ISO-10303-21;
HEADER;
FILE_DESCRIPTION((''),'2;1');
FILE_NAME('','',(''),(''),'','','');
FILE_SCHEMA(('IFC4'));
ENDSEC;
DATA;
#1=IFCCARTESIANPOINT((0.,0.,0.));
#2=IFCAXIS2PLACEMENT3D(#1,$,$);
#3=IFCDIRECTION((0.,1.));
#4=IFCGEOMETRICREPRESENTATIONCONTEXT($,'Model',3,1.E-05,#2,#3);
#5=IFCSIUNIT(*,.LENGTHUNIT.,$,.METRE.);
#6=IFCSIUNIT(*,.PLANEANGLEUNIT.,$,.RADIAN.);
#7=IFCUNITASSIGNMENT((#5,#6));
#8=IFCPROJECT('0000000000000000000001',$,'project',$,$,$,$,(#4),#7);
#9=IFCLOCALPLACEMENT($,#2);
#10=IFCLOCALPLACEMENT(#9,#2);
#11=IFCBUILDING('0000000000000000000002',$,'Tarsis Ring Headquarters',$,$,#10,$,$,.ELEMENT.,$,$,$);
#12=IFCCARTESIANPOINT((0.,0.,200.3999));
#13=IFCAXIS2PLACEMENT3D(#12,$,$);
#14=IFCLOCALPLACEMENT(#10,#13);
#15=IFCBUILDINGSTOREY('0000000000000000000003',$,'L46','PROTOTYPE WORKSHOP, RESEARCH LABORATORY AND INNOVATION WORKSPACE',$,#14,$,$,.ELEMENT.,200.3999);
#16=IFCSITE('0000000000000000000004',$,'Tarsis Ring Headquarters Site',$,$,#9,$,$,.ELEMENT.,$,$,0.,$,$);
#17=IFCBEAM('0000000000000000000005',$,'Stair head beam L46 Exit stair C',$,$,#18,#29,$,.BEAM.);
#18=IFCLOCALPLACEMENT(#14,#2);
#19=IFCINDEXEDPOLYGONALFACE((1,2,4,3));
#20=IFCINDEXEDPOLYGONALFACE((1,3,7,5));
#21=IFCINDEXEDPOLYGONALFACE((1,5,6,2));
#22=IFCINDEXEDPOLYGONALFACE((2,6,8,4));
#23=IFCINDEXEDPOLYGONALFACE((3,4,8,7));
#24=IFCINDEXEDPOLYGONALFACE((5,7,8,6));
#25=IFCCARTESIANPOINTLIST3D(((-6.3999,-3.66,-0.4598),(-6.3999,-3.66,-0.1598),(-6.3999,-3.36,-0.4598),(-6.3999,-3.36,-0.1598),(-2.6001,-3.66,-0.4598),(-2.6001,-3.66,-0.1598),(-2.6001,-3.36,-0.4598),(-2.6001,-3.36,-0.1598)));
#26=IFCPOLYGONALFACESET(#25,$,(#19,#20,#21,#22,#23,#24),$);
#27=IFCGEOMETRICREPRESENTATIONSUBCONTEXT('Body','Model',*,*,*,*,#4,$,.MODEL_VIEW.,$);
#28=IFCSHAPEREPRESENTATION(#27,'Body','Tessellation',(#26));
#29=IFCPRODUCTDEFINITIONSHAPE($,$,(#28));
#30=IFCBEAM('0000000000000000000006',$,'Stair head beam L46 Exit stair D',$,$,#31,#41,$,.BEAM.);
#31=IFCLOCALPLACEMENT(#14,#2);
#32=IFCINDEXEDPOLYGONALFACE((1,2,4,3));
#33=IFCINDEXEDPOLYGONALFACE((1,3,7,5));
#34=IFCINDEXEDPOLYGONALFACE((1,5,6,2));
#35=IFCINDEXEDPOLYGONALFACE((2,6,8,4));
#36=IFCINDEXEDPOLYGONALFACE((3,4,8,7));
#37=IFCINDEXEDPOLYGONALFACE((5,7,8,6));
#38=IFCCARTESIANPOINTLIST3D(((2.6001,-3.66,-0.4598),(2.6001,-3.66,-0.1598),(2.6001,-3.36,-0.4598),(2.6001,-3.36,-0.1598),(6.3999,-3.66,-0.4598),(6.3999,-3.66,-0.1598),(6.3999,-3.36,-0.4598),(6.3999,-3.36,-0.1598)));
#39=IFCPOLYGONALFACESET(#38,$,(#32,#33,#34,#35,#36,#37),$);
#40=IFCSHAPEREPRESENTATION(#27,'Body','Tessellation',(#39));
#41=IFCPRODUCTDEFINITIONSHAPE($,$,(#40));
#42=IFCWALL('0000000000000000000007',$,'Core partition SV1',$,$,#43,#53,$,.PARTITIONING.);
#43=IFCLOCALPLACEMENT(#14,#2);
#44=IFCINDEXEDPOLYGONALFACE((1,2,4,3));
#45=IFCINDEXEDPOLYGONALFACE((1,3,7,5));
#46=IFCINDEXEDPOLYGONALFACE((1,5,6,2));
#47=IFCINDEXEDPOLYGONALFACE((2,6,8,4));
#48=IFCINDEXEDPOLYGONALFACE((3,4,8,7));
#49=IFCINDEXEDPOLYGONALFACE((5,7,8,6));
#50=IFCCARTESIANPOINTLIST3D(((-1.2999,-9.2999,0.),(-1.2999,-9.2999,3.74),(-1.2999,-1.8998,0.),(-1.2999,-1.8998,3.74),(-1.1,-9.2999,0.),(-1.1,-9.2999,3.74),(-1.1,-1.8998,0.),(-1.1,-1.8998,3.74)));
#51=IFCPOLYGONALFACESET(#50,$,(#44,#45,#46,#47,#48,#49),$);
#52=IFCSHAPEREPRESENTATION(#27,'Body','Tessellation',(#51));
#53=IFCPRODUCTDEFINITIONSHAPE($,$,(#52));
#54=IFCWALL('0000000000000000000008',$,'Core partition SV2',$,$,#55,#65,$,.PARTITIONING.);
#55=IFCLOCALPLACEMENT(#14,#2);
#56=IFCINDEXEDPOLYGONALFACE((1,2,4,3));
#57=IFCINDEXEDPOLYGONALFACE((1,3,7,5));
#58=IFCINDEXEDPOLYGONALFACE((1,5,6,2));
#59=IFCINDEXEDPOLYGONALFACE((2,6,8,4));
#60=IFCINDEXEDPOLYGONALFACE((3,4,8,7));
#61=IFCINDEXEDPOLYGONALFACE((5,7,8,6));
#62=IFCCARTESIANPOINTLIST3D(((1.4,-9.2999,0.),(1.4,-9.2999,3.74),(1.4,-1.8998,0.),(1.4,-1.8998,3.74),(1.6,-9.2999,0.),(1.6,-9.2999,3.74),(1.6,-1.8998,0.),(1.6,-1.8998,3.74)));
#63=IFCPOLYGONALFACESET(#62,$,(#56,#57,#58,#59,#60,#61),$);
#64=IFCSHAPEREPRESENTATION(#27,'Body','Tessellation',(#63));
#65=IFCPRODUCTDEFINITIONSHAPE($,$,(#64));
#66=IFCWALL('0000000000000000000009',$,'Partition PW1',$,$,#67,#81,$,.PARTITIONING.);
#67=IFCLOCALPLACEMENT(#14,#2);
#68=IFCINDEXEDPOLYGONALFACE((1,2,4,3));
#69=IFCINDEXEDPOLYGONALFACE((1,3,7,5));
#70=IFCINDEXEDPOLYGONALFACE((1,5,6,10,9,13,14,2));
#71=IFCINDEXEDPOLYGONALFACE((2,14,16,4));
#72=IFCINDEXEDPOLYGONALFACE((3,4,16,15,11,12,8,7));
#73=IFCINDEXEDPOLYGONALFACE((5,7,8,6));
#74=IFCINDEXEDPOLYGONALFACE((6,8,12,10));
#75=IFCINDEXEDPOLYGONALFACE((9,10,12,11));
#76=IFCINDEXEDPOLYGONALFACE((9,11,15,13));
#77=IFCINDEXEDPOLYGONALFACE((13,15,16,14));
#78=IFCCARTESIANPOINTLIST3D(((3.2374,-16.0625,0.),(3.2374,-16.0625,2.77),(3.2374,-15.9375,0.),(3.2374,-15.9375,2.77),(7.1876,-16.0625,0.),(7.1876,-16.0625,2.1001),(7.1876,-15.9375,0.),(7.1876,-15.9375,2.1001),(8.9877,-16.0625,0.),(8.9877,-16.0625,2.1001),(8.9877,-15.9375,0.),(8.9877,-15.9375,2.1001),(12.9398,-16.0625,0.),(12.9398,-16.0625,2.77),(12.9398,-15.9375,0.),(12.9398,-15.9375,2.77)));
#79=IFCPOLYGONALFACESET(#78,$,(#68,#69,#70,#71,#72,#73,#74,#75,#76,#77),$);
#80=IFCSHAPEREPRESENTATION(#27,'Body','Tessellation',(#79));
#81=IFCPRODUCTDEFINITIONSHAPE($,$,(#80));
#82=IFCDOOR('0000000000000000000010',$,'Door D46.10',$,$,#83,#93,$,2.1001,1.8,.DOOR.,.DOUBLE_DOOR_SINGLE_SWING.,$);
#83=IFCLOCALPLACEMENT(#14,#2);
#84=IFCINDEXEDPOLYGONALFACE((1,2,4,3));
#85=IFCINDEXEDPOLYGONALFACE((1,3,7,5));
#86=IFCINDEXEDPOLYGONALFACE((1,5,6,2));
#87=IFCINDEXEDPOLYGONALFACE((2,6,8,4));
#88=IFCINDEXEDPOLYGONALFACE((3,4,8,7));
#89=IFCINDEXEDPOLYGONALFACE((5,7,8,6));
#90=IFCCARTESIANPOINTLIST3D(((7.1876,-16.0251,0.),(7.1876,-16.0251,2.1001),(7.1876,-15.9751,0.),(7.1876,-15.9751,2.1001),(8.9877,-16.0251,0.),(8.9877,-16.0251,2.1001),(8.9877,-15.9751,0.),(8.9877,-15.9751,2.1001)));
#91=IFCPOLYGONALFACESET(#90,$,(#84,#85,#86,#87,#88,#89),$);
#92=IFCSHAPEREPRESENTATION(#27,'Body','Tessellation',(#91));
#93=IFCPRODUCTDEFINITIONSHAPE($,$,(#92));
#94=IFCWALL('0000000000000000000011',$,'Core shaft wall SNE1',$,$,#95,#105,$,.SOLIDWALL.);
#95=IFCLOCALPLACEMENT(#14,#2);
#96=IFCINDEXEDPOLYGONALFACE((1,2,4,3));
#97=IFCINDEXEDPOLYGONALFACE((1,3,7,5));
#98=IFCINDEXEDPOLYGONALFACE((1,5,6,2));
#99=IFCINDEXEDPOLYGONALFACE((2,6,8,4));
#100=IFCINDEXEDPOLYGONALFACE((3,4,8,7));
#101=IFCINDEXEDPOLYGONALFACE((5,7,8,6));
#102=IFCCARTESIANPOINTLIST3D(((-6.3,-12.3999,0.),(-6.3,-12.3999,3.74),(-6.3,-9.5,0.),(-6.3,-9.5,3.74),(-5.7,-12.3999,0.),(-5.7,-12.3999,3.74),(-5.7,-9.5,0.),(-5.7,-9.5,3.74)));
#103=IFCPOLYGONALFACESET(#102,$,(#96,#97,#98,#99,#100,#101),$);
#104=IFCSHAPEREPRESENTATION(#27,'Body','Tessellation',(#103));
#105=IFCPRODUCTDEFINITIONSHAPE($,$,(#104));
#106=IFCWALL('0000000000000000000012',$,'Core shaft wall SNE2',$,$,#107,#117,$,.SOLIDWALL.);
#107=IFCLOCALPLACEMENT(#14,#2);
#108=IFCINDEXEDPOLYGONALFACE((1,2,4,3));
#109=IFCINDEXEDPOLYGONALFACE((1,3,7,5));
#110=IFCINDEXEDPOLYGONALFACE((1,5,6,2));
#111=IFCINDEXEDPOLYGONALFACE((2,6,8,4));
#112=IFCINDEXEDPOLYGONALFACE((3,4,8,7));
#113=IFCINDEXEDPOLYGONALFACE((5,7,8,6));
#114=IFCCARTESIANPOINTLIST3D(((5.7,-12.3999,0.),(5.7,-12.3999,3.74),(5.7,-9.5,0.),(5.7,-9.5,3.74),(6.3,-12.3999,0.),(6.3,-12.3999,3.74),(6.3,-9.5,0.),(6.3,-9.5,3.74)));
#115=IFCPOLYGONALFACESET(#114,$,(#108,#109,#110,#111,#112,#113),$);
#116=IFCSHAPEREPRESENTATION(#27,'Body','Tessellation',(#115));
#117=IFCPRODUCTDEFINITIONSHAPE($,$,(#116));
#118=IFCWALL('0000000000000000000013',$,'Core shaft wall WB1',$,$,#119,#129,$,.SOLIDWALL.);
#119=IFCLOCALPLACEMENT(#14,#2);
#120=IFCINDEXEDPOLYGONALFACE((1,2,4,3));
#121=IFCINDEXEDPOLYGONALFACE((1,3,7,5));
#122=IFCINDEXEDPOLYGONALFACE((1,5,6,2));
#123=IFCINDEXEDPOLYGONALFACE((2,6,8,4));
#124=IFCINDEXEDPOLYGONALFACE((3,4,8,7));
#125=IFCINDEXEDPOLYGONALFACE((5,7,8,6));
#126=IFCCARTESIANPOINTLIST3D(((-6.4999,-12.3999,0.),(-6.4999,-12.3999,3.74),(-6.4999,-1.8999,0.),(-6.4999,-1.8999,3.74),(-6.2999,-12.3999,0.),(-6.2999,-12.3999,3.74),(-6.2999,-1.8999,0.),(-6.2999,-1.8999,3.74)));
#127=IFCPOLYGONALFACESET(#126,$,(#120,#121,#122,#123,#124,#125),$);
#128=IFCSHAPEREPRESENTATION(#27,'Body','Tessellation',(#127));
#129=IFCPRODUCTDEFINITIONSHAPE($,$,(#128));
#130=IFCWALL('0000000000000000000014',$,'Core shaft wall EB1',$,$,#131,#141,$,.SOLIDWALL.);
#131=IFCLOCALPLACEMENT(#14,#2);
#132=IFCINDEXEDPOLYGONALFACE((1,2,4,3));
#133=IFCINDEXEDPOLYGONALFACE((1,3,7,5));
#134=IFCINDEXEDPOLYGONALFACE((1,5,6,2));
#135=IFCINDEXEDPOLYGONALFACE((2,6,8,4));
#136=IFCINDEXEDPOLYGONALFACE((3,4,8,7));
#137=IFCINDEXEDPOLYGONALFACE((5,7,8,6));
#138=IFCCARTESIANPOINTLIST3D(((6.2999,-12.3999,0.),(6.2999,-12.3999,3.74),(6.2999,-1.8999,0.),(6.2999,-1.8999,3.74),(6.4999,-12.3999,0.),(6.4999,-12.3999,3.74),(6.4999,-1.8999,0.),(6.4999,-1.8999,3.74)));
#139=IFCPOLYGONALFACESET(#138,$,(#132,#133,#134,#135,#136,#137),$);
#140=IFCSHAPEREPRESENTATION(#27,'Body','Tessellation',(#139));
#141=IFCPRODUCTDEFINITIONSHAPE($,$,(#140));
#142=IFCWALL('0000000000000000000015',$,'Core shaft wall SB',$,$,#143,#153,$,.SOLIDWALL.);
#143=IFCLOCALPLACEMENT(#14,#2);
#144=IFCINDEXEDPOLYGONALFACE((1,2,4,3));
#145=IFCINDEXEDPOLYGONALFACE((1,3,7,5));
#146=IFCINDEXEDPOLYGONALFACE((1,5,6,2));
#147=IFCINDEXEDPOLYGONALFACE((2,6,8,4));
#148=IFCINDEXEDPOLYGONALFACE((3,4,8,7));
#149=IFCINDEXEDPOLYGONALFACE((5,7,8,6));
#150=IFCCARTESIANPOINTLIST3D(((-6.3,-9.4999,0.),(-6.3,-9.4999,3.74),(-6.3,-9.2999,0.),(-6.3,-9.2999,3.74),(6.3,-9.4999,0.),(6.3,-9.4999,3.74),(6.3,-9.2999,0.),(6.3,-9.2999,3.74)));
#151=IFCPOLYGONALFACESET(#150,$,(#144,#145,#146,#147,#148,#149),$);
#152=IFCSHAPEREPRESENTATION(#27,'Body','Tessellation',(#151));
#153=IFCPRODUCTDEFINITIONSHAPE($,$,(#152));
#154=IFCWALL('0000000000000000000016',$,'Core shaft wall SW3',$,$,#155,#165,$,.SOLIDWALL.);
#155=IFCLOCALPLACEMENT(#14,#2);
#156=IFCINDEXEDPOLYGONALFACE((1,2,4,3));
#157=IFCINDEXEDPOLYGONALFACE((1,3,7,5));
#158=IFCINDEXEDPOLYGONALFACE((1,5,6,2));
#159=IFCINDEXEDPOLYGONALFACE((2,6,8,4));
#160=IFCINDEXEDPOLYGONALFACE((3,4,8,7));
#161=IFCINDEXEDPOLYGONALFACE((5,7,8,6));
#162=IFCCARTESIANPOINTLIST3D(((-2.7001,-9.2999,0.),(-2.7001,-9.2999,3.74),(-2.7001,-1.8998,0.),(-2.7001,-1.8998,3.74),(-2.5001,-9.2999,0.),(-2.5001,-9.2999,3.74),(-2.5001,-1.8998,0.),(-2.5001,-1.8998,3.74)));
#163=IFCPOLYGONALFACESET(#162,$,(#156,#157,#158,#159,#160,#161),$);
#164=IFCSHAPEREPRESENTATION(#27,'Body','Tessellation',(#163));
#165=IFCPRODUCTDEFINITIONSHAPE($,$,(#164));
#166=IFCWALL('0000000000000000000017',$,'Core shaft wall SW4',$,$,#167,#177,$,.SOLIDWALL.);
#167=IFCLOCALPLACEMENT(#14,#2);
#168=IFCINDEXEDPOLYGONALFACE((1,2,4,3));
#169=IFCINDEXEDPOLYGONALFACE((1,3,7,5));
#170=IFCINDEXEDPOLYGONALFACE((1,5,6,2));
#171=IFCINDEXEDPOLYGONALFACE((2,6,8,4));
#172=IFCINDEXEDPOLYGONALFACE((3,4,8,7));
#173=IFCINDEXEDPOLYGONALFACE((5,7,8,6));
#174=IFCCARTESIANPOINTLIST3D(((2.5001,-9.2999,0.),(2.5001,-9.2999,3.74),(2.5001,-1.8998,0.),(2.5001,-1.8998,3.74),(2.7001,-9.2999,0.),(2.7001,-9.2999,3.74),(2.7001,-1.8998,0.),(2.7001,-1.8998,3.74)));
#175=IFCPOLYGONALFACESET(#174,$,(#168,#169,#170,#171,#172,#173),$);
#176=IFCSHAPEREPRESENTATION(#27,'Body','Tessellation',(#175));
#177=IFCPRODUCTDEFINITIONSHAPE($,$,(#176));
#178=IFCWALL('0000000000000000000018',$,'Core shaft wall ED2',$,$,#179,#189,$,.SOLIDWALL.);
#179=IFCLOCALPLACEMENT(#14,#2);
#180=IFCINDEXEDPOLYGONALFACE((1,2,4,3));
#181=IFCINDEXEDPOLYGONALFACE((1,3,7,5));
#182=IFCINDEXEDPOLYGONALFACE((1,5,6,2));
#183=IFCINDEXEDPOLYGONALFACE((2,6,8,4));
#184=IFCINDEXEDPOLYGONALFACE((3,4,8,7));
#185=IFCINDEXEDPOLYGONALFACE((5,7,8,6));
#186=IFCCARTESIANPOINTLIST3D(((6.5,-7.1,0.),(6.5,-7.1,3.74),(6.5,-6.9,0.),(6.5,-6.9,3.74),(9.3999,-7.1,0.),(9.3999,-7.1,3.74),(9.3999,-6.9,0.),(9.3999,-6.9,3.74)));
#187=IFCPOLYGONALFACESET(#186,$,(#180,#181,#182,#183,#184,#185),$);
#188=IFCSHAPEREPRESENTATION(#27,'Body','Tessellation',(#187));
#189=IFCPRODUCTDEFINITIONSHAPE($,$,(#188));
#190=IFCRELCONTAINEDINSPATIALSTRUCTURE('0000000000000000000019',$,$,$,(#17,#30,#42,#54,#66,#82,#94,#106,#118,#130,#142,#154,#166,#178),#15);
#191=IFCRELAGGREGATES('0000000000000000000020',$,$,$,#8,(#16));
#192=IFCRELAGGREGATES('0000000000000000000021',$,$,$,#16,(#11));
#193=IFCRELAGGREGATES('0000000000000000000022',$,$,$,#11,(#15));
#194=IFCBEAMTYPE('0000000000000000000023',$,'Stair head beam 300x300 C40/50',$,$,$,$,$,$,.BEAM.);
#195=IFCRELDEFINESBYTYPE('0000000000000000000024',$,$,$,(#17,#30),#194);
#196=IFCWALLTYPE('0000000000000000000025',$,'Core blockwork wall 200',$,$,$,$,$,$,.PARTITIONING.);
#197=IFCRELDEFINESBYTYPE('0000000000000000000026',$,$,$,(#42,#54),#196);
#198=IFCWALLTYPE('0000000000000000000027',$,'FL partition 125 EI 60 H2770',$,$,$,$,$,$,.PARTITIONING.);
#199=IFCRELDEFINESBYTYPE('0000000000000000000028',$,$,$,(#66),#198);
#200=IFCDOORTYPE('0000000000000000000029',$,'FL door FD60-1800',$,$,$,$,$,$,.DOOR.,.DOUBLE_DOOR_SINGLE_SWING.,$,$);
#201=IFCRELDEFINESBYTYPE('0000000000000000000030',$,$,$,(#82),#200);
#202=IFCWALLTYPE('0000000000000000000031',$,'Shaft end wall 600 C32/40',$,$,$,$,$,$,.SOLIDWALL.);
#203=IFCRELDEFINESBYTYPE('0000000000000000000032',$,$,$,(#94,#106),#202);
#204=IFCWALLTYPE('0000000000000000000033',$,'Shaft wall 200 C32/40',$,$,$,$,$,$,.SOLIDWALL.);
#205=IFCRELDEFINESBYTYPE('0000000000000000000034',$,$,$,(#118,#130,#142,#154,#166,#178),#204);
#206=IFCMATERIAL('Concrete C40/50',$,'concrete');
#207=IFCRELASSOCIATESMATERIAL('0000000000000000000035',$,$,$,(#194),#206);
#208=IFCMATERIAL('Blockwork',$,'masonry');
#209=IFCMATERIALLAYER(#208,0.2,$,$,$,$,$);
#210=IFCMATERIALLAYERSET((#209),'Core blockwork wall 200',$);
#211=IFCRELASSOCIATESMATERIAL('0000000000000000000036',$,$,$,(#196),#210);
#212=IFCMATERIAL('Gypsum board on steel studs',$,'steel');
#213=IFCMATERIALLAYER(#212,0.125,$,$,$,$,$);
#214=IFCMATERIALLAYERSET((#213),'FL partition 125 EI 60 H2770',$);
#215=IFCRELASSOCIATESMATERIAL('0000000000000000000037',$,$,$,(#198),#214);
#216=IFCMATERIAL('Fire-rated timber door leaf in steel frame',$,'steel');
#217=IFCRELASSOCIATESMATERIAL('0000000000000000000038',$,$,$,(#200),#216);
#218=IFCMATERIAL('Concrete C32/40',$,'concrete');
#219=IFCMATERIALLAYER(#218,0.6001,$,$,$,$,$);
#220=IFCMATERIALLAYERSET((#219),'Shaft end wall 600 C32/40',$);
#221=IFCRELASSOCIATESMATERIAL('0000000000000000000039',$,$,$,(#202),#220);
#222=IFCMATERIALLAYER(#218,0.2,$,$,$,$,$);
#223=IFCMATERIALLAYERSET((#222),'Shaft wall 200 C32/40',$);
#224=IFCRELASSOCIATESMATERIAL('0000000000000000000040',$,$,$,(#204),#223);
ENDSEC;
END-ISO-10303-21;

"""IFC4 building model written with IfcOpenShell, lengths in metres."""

from ifc_helpers import new_model, si_unit, direction, frame, frame_2d, origin, origin_2d, place, context, subcontext, project, spatial, rectangle, extrude, material, layer, layer_set, material_profile, profile_set, type_object, element, fill, save


model = new_model("IFC4")

# Units and contexts
model_context = context("Model", 3, precision=1e-05, world=origin(), true_north=direction((0.0, 1.0)))
body_context = subcontext(model_context, "Body", "Model", "MODEL_VIEW")
ifc_project = project(units=[si_unit("LENGTHUNIT", "METRE"), si_unit("PLANEANGLEUNIT", "RADIAN")], contexts=[model_context])

# Site, building, storey
site_placement = place(None, origin())
site = spatial("IfcSite", under=ifc_project, at=site_placement, Name="Tarsis Ring Headquarters Site", CompositionType="ELEMENT", RefElevation=0.0)
building_placement = place(site_placement, origin())
building = spatial("IfcBuilding", under=site, at=building_placement, Name="Tarsis Ring Headquarters", CompositionType="ELEMENT")
storey_placement = place(building_placement, frame((0.0, 0.0, 200.3999)))
storey = spatial("IfcBuildingStorey", under=building, at=storey_placement, Name="L46", Description="PROTOTYPE WORKSHOP, RESEARCH LABORATORY AND INNOVATION WORKSPACE", CompositionType="ELEMENT", Elevation=200.3999)

# Beams
ifc_material_1 = material(Name="Concrete C40/50", Category="concrete")
ifc_material_profile = material_profile(ifc_material_1, rectangle(XDim=0.3, YDim=0.3, at=origin_2d()), Name="Stair head beam 300x300 C40/50")
ifc_profile_set = profile_set([ifc_material_profile], Name="Concrete C40/50")
beam_type = type_object("IfcBeamType", Name="Stair head beam 300x300 C40/50", PredefinedType="BEAM", material=ifc_profile_set)
for number, where, z_axis, x_axis, name in (
    (1, (-6.3999, -3.51, -0.3098), (1.0, 0.0, 0.0), (0.0, 1.0, 0.0), "Stair head beam L46 Exit stair C"),
    (2, (2.6001, -3.51, -0.3098), (1.0, 0.0, 0.0), (0.0, 1.0, 0.0), "Stair head beam L46 Exit stair D"),
):
    element("IfcBeam", number, at=place(storey_placement, frame(where, z_axis=z_axis, x_axis=x_axis)), inside=storey, type_object=beam_type, Name=name, PredefinedType="BEAM", context=body_context, shape_type="SweptSolid", body=[
        extrude(rectangle(XDim=0.3, YDim=0.3, at=origin_2d()), origin(), (0.0, 0.0, 1.0), 3.7998),
    ])

# Walls
ifc_material_2 = material(Name="Blockwork", Category="masonry")
ifc_layer_1 = layer(ifc_material_2, 0.2)
ifc_layer_set_1 = layer_set([ifc_layer_1], Name="Core blockwork wall 200")
wall_type_1 = type_object("IfcWallType", Name="Core blockwork wall 200", PredefinedType="PARTITIONING", material=ifc_layer_set_1)
for number, where, z_axis, x_axis, name in (
    (3, (-1.2, -9.3, 0.0), (0.0, 0.0, 1.0), (0.0, 1.0, 0.0), "Core partition SV1"),
    (4, (1.5, -9.3, 0.0), (0.0, 0.0, 1.0), (0.0, 1.0, 0.0), "Core partition SV2"),
):
    element("IfcWall", number, at=place(storey_placement, frame(where, z_axis=z_axis, x_axis=x_axis)), inside=storey, type_object=wall_type_1, Name=name, PredefinedType="PARTITIONING", context=body_context, shape_type="SweptSolid", body=[
        extrude(rectangle(XDim=7.4001, YDim=0.2, at=frame_2d((3.7002, 0.0))), origin(), (0.0, 0.0, 1.0), 3.74),
    ])

# Wall, opening, door
ifc_material_3 = material(Name="Gypsum board on steel studs", Category="steel")
ifc_layer_2 = layer(ifc_material_3, 0.125)
ifc_layer_set_2 = layer_set([ifc_layer_2], Name="FL partition 125 EI 60 H2770")
wall_type_2 = type_object("IfcWallType", Name="FL partition 125 EI 60 H2770", PredefinedType="PARTITIONING", material=ifc_layer_set_2)
wall_1_placement = place(storey_placement, frame((3.2375, -16.0, 0.0), z_axis=(0.0, 0.0, 1.0), x_axis=(1.0, 0.0, 0.0)))
wall_1 = element("IfcWall", 5, at=wall_1_placement, inside=storey, type_object=wall_type_2, Name="Partition PW1", PredefinedType="PARTITIONING", context=body_context, shape_type="SweptSolid", body=[
    extrude(rectangle(XDim=9.7024, YDim=0.125, at=frame_2d((4.8511, 0.0))), origin(), (0.0, 0.0, 1.0), 2.77),
])
opening_placement = place(wall_1_placement, frame((3.9502, 0.0, 0.0)))
opening = element("IfcOpeningElement", 6, at=opening_placement, cuts=wall_1, PredefinedType="OPENING", context=body_context, shape_type="SweptSolid", body=[
    extrude(rectangle(XDim=1.8, YDim=2.1001, at=frame_2d((0.8999, 1.05))), frame((0.0, 0.0725, 0.0), z_axis=(0.0, -1.0, 0.0), x_axis=(1.0, 0.0, 0.0)), (0.0, 0.0, 1.0), 0.145),
])
ifc_material_4 = material(Name="Fire-rated timber door leaf in steel frame", Category="steel")
door_type = type_object("IfcDoorType", Name="FL door FD60-1800", OperationType="DOUBLE_DOOR_SINGLE_SWING", PredefinedType="DOOR", material=ifc_material_4)
door_placement = place(opening_placement, origin())
door = element("IfcDoor", 7, at=door_placement, inside=storey, type_object=door_type, Name="Door D46.10", OperationType="DOUBLE_DOOR_SINGLE_SWING", OverallHeight=2.1001, OverallWidth=1.8, PredefinedType="DOOR", context=body_context, shape_type="SweptSolid", body=[
    extrude(rectangle(XDim=1.8, YDim=2.1001, at=frame_2d((0.8999, 1.05))), frame((0.0, 0.0249, 0.0), z_axis=(0.0, -1.0, 0.0), x_axis=(1.0, 0.0, 0.0)), (0.0, 0.0, 1.0), 0.05),
])
fill(opening, door)

# Walls
ifc_material_5 = material(Name="Concrete C32/40", Category="concrete")
ifc_layer_3 = layer(ifc_material_5, 0.6001)
ifc_layer_set_3 = layer_set([ifc_layer_3], Name="Shaft end wall 600 C32/40")
wall_type_3 = type_object("IfcWallType", Name="Shaft end wall 600 C32/40", PredefinedType="SOLIDWALL", material=ifc_layer_set_3)
for number, where, z_axis, x_axis, name in (
    (8, (-6.0, -12.3999, 0.0), (0.0, 0.0, 1.0), (0.0, 1.0, 0.0), "Core shaft wall SNE1"),
    (9, (6.0, -12.3999, 0.0), (0.0, 0.0, 1.0), (0.0, 1.0, 0.0), "Core shaft wall SNE2"),
):
    element("IfcWall", number, at=place(storey_placement, frame(where, z_axis=z_axis, x_axis=x_axis)), inside=storey, type_object=wall_type_3, Name=name, PredefinedType="SOLIDWALL", context=body_context, shape_type="SweptSolid", body=[
        extrude(rectangle(XDim=2.8999, YDim=0.6001, at=frame_2d((1.45, 0.0))), origin(), (0.0, 0.0, 1.0), 3.74),
    ])
ifc_layer_4 = layer(ifc_material_5, 0.2)
ifc_layer_set_4 = layer_set([ifc_layer_4], Name="Shaft wall 200 C32/40")
wall_type_4 = type_object("IfcWallType", Name="Shaft wall 200 C32/40", PredefinedType="SOLIDWALL", material=ifc_layer_set_4)
for number, where, z_axis, x_axis, name in (
    (10, (-6.3999, -12.3999, 0.0), (0.0, 0.0, 1.0), (0.0, 1.0, 0.0), "Core shaft wall WB1"),
    (11, (6.3999, -12.3999, 0.0), (0.0, 0.0, 1.0), (0.0, 1.0, 0.0), "Core shaft wall EB1"),
):
    element("IfcWall", number, at=place(storey_placement, frame(where, z_axis=z_axis, x_axis=x_axis)), inside=storey, type_object=wall_type_4, Name=name, PredefinedType="SOLIDWALL", context=body_context, shape_type="SweptSolid", body=[
        extrude(rectangle(XDim=10.5, YDim=0.2, at=frame_2d((5.25, 0.0))), origin(), (0.0, 0.0, 1.0), 3.74),
    ])
wall_2_placement = place(storey_placement, frame((-6.3, -9.3999, 0.0), z_axis=(0.0, 0.0, 1.0), x_axis=(1.0, 0.0, 0.0)))
element("IfcWall", 12, at=wall_2_placement, inside=storey, type_object=wall_type_4, Name="Core shaft wall SB", PredefinedType="SOLIDWALL", context=body_context, shape_type="SweptSolid", body=[
    extrude(rectangle(XDim=12.6001, YDim=0.2, at=frame_2d((6.3, 0.0))), origin(), (0.0, 0.0, 1.0), 3.74),
])
for number, where, z_axis, x_axis, name in (
    (13, (-2.6001, -9.3, 0.0), (0.0, 0.0, 1.0), (0.0, 1.0, 0.0), "Core shaft wall SW3"),
    (14, (2.6001, -9.3, 0.0), (0.0, 0.0, 1.0), (0.0, 1.0, 0.0), "Core shaft wall SW4"),
):
    element("IfcWall", number, at=place(storey_placement, frame(where, z_axis=z_axis, x_axis=x_axis)), inside=storey, type_object=wall_type_4, Name=name, PredefinedType="SOLIDWALL", context=body_context, shape_type="SweptSolid", body=[
        extrude(rectangle(XDim=7.4001, YDim=0.2, at=frame_2d((3.7002, 0.0))), origin(), (0.0, 0.0, 1.0), 3.74),
    ])
for number, where, z_axis, x_axis, name in (
    (15, (6.5, -7.0, 0.0), (0.0, 0.0, 1.0), (1.0, 0.0, 0.0), "Core shaft wall ED2"),
):
    element("IfcWall", number, at=place(storey_placement, frame(where, z_axis=z_axis, x_axis=x_axis)), inside=storey, type_object=wall_type_4, Name=name, PredefinedType="SOLIDWALL", context=body_context, shape_type="SweptSolid", body=[
        extrude(rectangle(XDim=2.8999, YDim=0.2, at=frame_2d((1.45, 0.0))), origin(), (0.0, 0.0, 1.0), 3.74),
    ])

save(model, "model.ifc")
